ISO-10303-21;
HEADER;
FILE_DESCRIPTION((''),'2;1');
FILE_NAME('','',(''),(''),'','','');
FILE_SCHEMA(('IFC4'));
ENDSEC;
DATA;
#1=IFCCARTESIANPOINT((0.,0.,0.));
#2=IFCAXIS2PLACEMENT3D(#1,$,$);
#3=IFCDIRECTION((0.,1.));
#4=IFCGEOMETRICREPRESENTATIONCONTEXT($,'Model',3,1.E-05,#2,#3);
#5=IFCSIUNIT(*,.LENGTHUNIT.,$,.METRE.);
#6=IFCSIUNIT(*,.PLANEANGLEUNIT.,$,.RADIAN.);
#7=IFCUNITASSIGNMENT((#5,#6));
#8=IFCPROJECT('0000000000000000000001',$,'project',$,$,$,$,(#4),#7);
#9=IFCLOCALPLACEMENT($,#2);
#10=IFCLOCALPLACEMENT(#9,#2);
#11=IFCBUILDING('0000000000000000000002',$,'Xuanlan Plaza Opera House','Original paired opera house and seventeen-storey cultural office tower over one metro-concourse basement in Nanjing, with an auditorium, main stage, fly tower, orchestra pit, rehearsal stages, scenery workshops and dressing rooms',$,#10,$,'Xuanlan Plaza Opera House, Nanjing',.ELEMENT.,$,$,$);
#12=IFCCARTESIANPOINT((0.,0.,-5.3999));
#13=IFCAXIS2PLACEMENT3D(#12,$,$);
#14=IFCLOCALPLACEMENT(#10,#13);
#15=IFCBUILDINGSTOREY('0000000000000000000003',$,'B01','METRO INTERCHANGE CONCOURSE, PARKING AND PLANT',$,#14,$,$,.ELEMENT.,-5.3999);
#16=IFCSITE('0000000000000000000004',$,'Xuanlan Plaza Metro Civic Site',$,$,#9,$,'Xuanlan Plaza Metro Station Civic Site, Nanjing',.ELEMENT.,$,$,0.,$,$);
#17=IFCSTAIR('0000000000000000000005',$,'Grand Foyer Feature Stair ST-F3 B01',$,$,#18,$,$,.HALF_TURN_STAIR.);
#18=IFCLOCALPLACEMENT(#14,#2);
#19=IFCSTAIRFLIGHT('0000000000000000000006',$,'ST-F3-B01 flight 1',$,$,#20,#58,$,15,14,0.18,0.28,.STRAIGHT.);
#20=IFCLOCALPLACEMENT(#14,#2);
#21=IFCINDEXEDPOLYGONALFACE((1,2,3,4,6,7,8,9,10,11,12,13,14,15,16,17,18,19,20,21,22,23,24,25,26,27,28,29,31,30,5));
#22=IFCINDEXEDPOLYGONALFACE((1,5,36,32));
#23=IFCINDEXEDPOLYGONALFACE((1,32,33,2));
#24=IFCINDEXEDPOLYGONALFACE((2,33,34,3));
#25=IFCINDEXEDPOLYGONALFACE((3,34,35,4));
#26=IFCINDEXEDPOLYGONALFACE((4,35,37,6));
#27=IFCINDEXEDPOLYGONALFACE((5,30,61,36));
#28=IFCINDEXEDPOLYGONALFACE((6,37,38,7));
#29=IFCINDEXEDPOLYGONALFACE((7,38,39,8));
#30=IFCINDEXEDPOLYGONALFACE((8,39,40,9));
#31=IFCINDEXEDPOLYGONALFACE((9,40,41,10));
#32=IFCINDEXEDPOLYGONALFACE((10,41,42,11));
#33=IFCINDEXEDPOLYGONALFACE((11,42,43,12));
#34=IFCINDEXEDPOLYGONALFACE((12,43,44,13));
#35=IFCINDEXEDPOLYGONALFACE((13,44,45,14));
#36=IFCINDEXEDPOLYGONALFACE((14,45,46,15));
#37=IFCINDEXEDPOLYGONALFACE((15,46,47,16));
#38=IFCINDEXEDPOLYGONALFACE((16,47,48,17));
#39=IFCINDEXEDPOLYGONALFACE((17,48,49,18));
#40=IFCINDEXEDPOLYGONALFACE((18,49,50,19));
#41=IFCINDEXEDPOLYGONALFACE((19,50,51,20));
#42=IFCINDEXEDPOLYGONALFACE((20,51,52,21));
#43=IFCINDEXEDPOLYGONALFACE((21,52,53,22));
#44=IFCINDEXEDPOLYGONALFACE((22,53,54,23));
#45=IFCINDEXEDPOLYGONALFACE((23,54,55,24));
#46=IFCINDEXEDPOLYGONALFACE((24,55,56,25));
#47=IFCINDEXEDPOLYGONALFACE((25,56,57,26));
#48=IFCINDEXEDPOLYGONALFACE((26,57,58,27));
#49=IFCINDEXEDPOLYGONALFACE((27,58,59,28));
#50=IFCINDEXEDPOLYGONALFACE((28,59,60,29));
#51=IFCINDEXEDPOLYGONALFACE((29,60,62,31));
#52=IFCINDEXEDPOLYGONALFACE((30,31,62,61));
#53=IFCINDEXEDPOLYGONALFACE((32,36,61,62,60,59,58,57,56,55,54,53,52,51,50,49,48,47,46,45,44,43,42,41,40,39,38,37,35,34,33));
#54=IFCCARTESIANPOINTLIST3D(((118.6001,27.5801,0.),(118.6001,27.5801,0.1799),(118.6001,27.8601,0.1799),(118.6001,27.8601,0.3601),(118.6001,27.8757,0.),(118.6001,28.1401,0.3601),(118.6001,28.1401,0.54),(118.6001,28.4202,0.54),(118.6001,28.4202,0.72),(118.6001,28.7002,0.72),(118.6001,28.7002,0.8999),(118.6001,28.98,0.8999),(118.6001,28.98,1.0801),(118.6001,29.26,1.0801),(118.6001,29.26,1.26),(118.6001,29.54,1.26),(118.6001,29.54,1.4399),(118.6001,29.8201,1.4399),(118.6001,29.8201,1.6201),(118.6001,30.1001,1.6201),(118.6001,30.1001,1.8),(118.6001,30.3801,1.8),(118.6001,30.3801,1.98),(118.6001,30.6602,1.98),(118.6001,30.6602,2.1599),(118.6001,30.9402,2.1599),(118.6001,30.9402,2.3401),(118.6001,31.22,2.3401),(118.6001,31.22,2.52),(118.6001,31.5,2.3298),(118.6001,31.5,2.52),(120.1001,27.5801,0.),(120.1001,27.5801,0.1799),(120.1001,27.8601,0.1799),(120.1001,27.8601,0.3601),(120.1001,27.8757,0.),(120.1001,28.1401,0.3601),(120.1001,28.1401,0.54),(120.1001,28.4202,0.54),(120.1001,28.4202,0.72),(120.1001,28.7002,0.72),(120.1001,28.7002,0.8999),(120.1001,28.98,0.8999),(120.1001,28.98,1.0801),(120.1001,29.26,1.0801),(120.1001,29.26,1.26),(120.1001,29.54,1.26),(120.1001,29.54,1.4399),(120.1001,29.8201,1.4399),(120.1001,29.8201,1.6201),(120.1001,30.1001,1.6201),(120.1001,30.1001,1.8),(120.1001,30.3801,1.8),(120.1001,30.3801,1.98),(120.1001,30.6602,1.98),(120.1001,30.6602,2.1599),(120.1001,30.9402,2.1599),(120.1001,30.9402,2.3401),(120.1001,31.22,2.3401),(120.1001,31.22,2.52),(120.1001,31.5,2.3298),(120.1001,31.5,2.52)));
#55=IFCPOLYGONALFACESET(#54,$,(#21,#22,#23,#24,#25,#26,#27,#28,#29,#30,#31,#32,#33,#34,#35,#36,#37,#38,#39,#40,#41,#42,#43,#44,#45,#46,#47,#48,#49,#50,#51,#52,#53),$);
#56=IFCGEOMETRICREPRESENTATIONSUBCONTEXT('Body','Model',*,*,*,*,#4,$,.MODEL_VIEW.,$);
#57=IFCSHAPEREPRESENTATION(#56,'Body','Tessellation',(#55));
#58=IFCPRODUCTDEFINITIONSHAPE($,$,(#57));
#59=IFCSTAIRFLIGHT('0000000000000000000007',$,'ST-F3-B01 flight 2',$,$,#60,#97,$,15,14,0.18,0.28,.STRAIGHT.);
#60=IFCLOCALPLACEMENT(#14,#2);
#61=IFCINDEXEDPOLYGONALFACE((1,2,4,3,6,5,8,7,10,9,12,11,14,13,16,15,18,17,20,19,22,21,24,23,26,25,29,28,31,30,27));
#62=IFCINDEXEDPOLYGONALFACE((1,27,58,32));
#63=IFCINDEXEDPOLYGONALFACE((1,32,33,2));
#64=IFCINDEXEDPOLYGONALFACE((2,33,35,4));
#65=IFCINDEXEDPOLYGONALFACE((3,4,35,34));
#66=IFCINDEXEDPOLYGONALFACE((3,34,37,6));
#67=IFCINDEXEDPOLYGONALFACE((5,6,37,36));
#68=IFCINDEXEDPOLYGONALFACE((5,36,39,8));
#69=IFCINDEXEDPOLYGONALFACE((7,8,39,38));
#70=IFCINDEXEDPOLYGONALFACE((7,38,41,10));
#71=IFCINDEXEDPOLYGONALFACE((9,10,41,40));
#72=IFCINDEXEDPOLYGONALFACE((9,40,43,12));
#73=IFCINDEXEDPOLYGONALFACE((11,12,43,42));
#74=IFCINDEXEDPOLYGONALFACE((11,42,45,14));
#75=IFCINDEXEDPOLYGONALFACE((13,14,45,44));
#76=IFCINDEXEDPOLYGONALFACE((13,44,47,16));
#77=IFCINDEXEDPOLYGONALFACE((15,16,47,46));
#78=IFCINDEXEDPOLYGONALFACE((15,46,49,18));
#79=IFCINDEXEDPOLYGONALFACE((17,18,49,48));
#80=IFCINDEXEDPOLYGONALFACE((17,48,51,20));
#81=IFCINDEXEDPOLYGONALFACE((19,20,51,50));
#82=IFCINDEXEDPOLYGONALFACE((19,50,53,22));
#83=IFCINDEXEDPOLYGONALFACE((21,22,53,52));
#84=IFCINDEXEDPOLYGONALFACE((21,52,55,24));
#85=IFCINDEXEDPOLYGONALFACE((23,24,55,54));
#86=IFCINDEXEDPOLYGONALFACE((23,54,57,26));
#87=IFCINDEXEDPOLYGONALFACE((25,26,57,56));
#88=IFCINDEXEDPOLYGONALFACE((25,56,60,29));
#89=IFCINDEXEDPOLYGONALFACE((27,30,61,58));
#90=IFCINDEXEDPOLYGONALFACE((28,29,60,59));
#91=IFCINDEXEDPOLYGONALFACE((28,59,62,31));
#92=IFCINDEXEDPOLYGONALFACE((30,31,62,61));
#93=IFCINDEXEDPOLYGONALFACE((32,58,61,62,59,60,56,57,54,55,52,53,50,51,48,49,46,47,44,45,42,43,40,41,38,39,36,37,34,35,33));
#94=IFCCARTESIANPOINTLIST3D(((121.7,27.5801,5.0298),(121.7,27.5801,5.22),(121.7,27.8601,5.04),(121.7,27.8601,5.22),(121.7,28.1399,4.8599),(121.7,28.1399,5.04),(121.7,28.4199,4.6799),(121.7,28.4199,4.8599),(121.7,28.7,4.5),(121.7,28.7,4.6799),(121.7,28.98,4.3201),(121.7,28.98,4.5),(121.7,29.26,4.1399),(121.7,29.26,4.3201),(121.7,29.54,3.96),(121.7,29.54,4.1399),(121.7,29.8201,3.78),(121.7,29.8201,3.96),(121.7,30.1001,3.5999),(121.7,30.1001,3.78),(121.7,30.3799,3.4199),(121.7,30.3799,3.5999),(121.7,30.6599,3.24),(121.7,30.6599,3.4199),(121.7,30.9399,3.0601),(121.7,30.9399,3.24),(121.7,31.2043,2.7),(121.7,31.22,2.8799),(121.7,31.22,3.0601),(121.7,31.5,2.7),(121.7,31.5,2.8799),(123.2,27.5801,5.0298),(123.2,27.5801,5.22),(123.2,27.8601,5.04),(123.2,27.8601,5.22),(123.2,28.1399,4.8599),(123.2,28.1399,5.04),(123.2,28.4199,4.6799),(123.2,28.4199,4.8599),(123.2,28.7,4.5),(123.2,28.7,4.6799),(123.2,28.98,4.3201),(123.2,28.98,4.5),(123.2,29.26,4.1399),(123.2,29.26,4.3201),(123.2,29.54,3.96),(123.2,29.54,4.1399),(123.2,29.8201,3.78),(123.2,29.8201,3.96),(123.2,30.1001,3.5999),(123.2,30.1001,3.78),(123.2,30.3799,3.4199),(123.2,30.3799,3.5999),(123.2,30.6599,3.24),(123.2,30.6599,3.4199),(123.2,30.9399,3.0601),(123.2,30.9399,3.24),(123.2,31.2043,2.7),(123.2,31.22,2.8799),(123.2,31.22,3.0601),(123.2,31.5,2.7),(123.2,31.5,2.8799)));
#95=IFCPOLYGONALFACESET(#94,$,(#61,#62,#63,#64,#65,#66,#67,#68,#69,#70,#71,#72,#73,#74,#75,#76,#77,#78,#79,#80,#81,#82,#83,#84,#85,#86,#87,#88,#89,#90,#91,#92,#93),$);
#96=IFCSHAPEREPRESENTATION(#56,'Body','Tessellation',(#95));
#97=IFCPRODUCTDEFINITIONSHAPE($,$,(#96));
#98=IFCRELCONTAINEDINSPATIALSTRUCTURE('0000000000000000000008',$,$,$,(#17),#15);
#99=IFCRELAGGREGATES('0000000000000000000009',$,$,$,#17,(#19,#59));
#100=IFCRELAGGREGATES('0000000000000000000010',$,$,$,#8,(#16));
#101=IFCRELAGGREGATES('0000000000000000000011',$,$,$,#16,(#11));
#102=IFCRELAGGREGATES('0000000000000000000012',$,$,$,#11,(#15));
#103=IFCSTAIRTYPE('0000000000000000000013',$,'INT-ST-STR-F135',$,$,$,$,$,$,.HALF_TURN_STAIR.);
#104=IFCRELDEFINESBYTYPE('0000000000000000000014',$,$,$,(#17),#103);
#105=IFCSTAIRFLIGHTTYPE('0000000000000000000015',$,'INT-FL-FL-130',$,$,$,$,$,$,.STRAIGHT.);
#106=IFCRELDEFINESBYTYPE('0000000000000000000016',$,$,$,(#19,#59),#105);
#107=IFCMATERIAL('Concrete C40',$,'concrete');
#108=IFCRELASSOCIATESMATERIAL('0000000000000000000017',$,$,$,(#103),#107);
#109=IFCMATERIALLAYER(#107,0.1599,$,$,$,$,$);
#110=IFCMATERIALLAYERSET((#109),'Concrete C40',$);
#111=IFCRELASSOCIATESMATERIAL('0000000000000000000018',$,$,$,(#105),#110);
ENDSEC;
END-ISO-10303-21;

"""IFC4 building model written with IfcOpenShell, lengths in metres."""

from ifc_helpers import new_model, si_unit, direction, frame, origin, place, context, subcontext, project, spatial, polyline, outline, extrude, material, layer, layer_set, type_object, element, aggregate, save


model = new_model("IFC4")

# Units and contexts
model_context = context("Model", 3, precision=1e-05, world=origin(), true_north=direction((0.0, 1.0)))
body_context = subcontext(model_context, "Body", "Model", "MODEL_VIEW")
ifc_project = project(units=[si_unit("LENGTHUNIT", "METRE"), si_unit("PLANEANGLEUNIT", "RADIAN")], contexts=[model_context])

# Site, building, storey
site_placement = place(None, origin())
site = spatial("IfcSite", under=ifc_project, at=site_placement, Name="Xuanlan Plaza Metro Civic Site", LongName="Xuanlan Plaza Metro Station Civic Site, Nanjing", CompositionType="ELEMENT", RefElevation=0.0)
building_placement = place(site_placement, origin())
building = spatial("IfcBuilding", under=site, at=building_placement, Name="Xuanlan Plaza Opera House", Description="Original paired opera house and seventeen-storey cultural office tower over one metro-concourse basement in Nanjing, with an auditorium, main stage, fly tower, orchestra pit, rehearsal stages, scenery workshops and dressing rooms", LongName="Xuanlan Plaza Opera House, Nanjing", CompositionType="ELEMENT")
storey_placement = place(building_placement, frame((0.0, 0.0, -5.3999)))
storey = spatial("IfcBuildingStorey", under=building, at=storey_placement, Name="B01", Description="METRO INTERCHANGE CONCOURSE, PARKING AND PLANT", CompositionType="ELEMENT", Elevation=-5.3999)

# Shared definitions
ifc_material_1 = material(Name="Concrete C40", Category="concrete")

# Stair, stair flights
stair_type = type_object("IfcStairType", Name="INT-ST-STR-F135", PredefinedType="HALF_TURN_STAIR", material=ifc_material_1)
stair_placement = place(storey_placement, origin())
stair = element("IfcStair", 1, at=stair_placement, inside=storey, type_object=stair_type, Name="Grand Foyer Feature Stair ST-F3 B01", PredefinedType="HALF_TURN_STAIR")
ifc_layer_1 = layer(ifc_material_1, 0.1599)
ifc_layer_set_1 = layer_set([ifc_layer_1], Name="Concrete C40")
stair_flight_type = type_object("IfcStairFlightType", Name="INT-FL-FL-130", PredefinedType="STRAIGHT", material=ifc_layer_set_1)
stair_flight_1_placement = place(storey_placement, frame((119.3501, 27.5801, 0.0), z_axis=(0.0, 0.0, 1.0), x_axis=(0.0, 1.0, 0.0)))
stair_flight_1 = element("IfcStairFlight", 2, at=stair_flight_1_placement, type_object=stair_flight_type, Name="ST-F3-B01 flight 1", NumberOfRisers=15, NumberOfTreads=14, PredefinedType="STRAIGHT", RiserHeight=0.18, TreadLength=0.28, context=body_context, shape_type="SweptSolid", body=[
    extrude(outline(polyline([(0.0, 0.0), (0.0, 0.1799), (0.28, 0.1799), (0.28, 0.3601), (0.5601, 0.3601), (0.5601, 0.54), (0.8401, 0.54), (0.8401, 0.72), (1.1201, 0.72), (1.1201, 0.8999), (1.3999, 0.8999), (1.3999, 1.0801), (1.6799, 1.0801), (1.6799, 1.26), (1.96, 1.26), (1.96, 1.4399), (2.24, 1.4399), (2.24, 1.6201), (2.52, 1.6201), (2.52, 1.8), (2.8, 1.8), (2.8, 1.98), (3.0801, 1.98), (3.0801, 2.1599), (3.3601, 2.1599), (3.3601, 2.3401), (3.6399, 2.3401), (3.6399, 2.52), (3.9199, 2.52), (3.9199, 2.7), (3.9199, 2.3298), (0.2957, 0.0), (0.0, 0.0)])), frame((0.0, 0.75, 0.0), z_axis=(0.0, -1.0, 0.0), x_axis=(1.0, 0.0, 0.0)), (0.0, 0.0, 1.0), 1.5),
])
stair_flight_2_placement = place(storey_placement, frame((122.45, 31.5, 2.7), z_axis=(0.0, 0.0, 1.0), x_axis=(0.0, -1.0, 0.0)))
stair_flight_2 = element("IfcStairFlight", 3, at=stair_flight_2_placement, type_object=stair_flight_type, Name="ST-F3-B01 flight 2", NumberOfRisers=15, NumberOfTreads=14, PredefinedType="STRAIGHT", RiserHeight=0.18, TreadLength=0.28, context=body_context, shape_type="SweptSolid", body=[
    extrude(outline(polyline([(0.0, 0.0), (0.0, 0.1799), (0.28, 0.1799), (0.28, 0.3601), (0.5601, 0.3601), (0.5601, 0.54), (0.8401, 0.54), (0.8401, 0.72), (1.1201, 0.72), (1.1201, 0.8999), (1.3999, 0.8999), (1.3999, 1.0801), (1.6799, 1.0801), (1.6799, 1.26), (1.96, 1.26), (1.96, 1.4399), (2.24, 1.4399), (2.24, 1.6201), (2.52, 1.6201), (2.52, 1.8), (2.8, 1.8), (2.8, 1.98), (3.0801, 1.98), (3.0801, 2.1599), (3.3601, 2.1599), (3.3601, 2.3401), (3.6399, 2.3401), (3.6399, 2.52), (3.9199, 2.52), (3.9199, 2.7), (3.9199, 2.3298), (0.2957, 0.0), (0.0, 0.0)])), frame((0.0, 0.75, 0.0), z_axis=(0.0, -1.0, 0.0), x_axis=(1.0, 0.0, 0.0)), (0.0, 0.0, 1.0), 1.5),
])
aggregate(stair, [stair_flight_1, stair_flight_2])

save(model, "model.ifc")
